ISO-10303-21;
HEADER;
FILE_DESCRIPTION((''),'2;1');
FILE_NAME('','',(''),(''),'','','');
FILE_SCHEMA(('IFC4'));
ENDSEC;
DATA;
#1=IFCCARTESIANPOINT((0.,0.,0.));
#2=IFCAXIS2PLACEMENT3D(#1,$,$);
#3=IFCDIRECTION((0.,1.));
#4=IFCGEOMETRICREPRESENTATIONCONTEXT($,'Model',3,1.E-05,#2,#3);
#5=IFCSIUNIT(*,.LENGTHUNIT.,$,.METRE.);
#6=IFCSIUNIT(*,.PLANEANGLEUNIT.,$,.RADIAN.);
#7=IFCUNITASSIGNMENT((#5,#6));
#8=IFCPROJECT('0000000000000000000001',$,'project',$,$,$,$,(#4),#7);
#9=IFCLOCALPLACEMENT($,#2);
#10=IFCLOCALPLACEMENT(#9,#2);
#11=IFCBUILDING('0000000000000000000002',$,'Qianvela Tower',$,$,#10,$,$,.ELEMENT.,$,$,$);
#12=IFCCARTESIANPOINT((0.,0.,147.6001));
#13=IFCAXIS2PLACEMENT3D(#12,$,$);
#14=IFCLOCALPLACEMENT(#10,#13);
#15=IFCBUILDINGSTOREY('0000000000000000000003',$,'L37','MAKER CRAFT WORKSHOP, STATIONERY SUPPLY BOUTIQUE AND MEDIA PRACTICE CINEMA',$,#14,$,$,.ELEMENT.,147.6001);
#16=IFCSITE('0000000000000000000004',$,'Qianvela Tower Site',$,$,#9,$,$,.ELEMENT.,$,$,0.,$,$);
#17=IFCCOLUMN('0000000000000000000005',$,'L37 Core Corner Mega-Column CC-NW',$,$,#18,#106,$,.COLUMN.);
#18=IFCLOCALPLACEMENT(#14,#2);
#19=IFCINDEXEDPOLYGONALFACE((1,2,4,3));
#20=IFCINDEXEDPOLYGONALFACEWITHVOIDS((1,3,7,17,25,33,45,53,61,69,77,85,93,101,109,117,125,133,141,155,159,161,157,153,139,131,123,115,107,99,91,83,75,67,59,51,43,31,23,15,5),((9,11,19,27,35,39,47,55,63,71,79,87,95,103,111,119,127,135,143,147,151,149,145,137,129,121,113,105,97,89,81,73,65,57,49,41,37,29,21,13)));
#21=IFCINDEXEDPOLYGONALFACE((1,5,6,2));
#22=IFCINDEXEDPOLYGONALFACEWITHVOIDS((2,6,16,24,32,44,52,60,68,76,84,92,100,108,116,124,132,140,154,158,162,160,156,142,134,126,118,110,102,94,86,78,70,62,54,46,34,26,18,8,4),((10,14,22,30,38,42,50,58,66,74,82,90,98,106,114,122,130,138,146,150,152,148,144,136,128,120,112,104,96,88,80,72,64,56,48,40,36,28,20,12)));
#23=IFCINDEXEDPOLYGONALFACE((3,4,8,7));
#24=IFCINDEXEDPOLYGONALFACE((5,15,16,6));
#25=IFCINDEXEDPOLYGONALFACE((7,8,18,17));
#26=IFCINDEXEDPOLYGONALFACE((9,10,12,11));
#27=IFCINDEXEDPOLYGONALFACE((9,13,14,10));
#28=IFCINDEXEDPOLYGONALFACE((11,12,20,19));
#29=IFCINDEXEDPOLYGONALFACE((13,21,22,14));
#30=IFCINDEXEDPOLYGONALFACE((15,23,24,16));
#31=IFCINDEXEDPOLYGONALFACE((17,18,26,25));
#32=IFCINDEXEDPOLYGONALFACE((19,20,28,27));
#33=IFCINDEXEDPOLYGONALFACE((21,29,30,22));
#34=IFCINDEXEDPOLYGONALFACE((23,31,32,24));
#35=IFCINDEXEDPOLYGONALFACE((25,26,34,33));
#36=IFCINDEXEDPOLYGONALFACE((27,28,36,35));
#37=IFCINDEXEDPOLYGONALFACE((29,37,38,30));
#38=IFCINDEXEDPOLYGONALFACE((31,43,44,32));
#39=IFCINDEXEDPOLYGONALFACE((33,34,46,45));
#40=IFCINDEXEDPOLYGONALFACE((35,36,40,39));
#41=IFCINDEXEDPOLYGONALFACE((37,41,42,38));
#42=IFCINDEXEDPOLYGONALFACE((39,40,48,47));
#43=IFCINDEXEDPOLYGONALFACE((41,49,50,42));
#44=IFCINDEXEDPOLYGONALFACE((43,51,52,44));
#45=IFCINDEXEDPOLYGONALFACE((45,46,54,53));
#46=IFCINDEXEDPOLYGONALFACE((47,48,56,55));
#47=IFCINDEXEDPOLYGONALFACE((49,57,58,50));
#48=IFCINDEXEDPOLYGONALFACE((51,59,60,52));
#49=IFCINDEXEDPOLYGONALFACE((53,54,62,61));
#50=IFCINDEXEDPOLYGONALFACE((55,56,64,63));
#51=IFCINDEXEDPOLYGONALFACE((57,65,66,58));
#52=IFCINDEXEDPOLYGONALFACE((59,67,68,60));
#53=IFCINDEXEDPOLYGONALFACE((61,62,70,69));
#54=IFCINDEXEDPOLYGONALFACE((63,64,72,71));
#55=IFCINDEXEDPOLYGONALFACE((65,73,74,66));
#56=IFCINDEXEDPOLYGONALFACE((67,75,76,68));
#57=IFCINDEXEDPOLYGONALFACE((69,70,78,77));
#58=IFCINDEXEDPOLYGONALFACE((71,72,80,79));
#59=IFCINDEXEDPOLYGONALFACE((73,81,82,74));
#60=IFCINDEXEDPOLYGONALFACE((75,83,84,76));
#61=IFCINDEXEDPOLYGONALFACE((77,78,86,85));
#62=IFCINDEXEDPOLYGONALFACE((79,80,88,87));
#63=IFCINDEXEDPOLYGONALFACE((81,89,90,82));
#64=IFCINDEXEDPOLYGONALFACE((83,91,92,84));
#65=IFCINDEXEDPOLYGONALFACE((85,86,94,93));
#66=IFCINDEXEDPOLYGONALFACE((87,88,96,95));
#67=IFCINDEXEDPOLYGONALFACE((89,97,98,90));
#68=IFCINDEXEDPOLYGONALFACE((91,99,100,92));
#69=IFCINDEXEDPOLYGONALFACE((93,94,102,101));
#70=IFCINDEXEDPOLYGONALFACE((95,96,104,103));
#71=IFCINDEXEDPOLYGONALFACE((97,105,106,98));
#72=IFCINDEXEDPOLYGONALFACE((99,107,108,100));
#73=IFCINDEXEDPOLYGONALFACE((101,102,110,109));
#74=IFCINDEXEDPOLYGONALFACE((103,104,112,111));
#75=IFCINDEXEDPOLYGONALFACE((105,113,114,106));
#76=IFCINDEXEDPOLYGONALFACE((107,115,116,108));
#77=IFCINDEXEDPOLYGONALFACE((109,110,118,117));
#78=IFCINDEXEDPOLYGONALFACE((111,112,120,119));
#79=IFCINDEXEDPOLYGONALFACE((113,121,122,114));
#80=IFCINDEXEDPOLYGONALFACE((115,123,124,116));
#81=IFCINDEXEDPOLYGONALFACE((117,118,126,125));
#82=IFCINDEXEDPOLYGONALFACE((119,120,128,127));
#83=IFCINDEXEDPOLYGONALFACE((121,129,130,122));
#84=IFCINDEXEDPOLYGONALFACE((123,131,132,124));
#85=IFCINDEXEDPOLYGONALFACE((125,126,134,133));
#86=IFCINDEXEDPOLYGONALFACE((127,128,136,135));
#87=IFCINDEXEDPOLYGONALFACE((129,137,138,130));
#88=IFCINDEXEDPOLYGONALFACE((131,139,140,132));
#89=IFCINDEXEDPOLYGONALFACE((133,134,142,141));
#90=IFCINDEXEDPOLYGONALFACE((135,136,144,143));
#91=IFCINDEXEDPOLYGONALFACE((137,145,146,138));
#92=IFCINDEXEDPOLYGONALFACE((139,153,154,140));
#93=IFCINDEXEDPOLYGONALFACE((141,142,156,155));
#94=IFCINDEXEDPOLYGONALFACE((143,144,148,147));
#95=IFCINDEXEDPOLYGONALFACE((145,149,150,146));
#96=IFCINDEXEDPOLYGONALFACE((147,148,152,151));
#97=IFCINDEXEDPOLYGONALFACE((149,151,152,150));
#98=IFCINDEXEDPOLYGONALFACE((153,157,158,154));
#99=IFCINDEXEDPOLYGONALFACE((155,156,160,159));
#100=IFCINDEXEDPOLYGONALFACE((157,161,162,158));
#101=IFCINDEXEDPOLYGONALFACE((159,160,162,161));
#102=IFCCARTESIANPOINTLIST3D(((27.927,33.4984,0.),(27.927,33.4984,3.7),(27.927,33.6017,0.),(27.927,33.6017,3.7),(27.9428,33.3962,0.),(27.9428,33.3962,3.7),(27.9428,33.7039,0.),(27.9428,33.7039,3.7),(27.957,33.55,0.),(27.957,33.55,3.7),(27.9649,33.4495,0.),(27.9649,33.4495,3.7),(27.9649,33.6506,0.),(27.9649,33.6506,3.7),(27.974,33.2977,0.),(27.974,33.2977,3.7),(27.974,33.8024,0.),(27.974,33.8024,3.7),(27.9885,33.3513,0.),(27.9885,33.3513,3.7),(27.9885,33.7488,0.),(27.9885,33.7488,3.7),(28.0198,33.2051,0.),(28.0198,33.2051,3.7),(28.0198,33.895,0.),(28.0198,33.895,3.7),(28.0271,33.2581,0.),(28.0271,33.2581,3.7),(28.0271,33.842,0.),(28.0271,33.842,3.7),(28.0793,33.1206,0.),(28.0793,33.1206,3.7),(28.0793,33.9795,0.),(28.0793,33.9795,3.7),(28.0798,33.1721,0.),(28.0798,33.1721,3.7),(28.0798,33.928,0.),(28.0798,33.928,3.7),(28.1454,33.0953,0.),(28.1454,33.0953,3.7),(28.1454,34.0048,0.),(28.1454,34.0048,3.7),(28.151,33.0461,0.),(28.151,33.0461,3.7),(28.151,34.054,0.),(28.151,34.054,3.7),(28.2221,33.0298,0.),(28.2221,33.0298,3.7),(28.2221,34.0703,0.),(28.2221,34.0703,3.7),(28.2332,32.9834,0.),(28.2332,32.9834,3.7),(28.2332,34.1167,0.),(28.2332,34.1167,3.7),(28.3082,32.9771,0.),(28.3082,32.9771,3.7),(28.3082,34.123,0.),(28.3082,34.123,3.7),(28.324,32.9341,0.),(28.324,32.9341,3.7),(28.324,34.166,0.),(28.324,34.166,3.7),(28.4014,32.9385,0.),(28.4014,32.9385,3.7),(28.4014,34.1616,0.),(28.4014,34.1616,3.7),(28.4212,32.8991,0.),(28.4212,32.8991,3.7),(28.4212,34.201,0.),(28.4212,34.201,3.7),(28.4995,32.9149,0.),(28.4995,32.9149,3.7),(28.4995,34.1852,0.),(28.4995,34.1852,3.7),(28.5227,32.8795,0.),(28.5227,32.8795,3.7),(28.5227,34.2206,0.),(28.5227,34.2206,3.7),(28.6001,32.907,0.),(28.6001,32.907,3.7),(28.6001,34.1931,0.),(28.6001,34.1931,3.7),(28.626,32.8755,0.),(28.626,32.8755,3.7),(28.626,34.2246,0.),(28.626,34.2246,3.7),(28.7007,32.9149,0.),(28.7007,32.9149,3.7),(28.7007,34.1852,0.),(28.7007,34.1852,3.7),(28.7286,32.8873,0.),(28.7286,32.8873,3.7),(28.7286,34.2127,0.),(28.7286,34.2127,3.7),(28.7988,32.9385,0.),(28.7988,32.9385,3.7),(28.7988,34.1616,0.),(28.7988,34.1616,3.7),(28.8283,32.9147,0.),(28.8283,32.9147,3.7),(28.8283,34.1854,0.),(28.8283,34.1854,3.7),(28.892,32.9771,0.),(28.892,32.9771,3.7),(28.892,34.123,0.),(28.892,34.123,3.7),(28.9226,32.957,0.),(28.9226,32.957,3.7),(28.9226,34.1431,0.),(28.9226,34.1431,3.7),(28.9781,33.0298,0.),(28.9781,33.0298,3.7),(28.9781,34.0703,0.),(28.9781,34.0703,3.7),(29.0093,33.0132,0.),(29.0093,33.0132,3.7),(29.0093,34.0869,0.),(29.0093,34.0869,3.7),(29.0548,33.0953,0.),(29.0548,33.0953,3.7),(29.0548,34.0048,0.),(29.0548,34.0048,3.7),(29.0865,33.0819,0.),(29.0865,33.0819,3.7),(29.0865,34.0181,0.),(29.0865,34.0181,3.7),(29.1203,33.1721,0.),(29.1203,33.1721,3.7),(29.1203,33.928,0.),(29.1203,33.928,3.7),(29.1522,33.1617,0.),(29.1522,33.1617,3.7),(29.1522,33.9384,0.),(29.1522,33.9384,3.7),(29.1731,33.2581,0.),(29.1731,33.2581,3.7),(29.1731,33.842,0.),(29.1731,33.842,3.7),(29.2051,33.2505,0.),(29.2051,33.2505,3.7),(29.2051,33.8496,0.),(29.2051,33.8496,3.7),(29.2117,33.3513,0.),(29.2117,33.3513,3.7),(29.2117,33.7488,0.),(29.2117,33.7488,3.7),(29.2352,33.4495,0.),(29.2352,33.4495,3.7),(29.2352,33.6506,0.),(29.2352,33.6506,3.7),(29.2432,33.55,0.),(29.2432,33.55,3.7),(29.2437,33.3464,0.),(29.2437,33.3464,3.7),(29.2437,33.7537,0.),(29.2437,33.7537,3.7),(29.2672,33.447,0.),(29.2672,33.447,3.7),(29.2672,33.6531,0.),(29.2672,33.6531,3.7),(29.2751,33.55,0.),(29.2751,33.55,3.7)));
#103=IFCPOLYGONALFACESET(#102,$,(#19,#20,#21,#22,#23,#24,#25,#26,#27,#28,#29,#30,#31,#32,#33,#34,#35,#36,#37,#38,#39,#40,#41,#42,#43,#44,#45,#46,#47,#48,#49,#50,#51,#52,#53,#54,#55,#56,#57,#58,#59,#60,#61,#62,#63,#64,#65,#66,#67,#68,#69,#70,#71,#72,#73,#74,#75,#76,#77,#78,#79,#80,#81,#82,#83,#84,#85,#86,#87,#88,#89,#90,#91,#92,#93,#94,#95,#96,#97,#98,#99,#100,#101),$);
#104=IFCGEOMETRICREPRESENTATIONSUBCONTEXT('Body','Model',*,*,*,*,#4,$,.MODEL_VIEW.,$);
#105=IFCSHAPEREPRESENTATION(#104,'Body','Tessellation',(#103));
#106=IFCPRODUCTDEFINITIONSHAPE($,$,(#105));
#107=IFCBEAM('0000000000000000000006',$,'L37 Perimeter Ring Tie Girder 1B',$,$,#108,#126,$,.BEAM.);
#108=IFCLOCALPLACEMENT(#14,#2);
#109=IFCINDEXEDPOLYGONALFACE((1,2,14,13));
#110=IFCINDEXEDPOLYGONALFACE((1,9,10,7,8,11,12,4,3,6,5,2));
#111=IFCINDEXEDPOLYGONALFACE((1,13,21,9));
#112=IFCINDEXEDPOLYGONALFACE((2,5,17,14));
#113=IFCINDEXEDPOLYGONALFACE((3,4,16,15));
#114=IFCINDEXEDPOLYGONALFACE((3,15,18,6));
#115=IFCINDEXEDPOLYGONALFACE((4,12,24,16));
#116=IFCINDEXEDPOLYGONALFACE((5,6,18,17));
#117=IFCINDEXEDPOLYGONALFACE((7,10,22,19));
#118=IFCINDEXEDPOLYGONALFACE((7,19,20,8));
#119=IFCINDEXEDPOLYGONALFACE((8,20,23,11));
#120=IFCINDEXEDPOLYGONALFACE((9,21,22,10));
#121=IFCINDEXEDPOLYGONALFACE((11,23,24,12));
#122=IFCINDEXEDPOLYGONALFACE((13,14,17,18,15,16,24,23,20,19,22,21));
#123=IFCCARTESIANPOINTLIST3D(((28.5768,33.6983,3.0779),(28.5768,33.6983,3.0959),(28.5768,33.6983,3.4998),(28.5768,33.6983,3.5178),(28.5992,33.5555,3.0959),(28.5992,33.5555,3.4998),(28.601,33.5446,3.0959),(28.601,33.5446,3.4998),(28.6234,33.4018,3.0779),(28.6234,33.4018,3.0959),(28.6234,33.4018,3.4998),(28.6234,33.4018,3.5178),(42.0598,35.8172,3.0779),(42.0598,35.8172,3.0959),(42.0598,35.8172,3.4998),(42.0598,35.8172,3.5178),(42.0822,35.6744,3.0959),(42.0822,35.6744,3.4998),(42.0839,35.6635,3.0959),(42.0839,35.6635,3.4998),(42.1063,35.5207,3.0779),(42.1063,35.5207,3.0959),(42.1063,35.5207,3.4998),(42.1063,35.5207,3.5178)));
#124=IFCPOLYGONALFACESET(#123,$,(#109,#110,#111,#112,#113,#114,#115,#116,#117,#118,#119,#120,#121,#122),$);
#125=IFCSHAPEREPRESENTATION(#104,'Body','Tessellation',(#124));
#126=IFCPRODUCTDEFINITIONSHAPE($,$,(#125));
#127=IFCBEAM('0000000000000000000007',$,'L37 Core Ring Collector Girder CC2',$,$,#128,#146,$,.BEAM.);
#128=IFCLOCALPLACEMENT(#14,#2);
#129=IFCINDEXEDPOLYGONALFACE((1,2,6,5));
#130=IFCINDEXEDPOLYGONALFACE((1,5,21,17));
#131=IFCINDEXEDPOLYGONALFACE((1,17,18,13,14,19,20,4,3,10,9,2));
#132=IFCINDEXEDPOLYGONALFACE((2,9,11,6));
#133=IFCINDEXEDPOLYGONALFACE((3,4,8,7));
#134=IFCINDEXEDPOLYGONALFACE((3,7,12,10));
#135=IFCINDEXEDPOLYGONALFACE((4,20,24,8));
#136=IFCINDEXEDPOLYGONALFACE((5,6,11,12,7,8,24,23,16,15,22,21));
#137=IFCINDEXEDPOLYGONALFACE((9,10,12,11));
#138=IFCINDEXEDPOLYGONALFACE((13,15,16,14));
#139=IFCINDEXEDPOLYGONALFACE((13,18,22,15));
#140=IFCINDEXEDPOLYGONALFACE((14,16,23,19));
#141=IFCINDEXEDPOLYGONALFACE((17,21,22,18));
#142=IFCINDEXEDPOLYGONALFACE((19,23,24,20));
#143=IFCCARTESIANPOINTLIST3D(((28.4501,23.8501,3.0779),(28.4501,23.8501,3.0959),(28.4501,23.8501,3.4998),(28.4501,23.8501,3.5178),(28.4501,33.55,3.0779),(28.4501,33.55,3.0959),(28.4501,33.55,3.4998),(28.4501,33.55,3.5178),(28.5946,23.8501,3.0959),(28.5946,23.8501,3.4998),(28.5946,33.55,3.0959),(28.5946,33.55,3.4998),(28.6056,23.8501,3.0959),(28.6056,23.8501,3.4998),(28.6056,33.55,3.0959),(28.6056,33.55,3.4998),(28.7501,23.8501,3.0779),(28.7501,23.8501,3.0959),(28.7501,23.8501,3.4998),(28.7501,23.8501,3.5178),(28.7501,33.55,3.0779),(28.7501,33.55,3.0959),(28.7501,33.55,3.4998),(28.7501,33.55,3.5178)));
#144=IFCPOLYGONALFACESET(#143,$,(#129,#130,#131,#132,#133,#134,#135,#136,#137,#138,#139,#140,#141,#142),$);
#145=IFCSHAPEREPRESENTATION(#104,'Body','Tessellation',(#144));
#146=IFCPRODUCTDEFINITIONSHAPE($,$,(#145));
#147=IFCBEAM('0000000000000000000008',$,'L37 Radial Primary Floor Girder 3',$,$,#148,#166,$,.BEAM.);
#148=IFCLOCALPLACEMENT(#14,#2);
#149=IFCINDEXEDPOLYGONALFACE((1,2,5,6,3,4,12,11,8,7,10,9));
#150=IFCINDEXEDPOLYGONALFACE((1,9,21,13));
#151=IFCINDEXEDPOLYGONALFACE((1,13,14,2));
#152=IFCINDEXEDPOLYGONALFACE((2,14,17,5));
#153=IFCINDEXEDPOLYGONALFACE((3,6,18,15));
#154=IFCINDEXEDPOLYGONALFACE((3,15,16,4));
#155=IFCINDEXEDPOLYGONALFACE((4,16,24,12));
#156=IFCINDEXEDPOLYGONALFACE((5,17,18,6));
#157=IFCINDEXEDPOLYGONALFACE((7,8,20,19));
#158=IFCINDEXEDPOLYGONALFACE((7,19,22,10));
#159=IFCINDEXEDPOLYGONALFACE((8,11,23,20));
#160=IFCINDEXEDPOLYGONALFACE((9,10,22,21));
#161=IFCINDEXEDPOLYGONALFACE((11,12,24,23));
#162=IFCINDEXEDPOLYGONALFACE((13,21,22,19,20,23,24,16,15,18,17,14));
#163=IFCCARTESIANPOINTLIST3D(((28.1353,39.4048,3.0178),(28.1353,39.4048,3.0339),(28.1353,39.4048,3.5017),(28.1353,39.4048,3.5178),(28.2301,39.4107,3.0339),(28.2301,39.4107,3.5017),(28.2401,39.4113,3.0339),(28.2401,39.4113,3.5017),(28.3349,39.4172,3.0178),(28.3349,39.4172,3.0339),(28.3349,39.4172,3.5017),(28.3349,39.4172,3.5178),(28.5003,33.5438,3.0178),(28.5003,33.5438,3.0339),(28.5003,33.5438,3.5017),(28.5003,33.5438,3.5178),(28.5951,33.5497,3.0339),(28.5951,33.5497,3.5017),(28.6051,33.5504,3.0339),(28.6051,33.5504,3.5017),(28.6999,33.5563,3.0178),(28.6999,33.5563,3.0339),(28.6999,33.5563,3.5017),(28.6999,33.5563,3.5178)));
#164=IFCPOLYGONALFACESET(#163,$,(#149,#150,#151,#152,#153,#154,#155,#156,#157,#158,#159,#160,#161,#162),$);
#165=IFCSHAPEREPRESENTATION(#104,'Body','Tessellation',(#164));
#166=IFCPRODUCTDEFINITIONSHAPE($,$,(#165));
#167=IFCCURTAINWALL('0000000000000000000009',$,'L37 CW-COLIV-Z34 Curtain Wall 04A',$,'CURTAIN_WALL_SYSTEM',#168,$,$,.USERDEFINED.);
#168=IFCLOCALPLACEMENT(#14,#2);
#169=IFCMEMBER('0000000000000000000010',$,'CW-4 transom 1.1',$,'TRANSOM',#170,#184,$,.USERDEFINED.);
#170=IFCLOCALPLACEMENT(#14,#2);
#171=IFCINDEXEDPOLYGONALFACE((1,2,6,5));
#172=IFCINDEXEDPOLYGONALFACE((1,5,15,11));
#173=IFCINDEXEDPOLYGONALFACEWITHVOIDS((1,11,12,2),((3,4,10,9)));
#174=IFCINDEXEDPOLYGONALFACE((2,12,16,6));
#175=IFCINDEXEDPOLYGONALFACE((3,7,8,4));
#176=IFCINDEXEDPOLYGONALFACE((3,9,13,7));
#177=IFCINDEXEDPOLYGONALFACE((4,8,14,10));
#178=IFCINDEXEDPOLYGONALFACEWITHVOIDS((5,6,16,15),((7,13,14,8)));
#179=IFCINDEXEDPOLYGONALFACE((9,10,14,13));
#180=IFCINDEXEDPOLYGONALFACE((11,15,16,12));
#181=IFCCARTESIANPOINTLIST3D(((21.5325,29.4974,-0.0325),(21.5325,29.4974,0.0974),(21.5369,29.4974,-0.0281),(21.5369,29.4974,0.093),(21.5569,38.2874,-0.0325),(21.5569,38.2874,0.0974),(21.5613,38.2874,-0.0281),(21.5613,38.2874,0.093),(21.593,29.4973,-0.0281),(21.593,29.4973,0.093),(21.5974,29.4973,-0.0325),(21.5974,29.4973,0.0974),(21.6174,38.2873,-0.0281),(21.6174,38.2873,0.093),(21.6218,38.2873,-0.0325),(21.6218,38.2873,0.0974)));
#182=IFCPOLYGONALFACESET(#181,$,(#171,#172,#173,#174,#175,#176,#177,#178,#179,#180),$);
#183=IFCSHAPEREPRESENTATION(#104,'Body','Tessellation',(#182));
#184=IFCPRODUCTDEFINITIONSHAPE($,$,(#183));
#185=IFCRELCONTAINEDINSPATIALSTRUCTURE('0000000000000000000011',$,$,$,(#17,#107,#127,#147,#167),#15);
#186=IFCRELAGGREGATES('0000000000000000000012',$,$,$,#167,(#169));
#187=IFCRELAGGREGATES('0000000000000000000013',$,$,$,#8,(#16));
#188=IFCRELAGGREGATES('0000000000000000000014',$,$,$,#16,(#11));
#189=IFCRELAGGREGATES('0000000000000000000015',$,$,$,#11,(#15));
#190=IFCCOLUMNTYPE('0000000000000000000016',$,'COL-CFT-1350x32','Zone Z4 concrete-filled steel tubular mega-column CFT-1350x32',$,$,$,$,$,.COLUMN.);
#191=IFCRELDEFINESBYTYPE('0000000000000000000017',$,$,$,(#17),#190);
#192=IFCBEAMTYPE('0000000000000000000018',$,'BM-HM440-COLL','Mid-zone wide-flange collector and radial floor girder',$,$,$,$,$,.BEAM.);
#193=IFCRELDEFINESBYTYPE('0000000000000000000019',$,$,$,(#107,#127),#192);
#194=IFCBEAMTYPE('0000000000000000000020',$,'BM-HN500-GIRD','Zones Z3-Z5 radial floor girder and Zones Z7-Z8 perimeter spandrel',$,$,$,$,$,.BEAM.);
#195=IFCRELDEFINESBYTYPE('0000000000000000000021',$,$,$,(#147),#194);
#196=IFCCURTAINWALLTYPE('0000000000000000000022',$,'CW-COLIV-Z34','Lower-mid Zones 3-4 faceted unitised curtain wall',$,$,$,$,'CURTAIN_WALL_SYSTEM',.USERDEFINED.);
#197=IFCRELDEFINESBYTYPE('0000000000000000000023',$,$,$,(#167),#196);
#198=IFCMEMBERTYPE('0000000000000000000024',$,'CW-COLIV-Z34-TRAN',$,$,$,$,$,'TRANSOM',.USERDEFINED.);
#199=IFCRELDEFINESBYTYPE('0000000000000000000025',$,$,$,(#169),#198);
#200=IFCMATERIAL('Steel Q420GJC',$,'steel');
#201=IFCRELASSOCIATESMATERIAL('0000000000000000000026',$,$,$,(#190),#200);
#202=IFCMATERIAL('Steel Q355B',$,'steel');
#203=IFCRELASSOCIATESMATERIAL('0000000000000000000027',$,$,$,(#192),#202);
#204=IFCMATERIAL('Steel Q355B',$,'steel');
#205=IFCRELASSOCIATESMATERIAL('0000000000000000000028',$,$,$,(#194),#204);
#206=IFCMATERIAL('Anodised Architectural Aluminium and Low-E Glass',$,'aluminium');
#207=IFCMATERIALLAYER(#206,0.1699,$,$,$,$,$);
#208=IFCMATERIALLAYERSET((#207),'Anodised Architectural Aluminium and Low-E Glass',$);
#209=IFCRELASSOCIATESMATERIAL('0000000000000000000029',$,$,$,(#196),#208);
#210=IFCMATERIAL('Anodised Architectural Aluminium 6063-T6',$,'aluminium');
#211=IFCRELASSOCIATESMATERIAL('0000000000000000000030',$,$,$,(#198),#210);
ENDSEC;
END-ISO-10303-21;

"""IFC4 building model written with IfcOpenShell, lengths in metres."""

from ifc_helpers import new_model, si_unit, direction, frame, origin, origin_2d, place, context, subcontext, project, spatial, hollow_rectangle, hollow_circle, i_section, extrude, material, layer, layer_set, material_profile, profile_set, type_object, element, aggregate, save


model = new_model("IFC4")

# Units and contexts
model_context = context("Model", 3, precision=1e-05, world=origin(), true_north=direction((0.0, 1.0)))
body_context = subcontext(model_context, "Body", "Model", "MODEL_VIEW")
ifc_project = project(units=[si_unit("LENGTHUNIT", "METRE"), si_unit("PLANEANGLEUNIT", "RADIAN")], contexts=[model_context])

# Site, building, storey
site_placement = place(None, origin())
site = spatial("IfcSite", under=ifc_project, at=site_placement, Name="Qianvela Tower Site", CompositionType="ELEMENT", RefElevation=0.0)
building_placement = place(site_placement, origin())
building = spatial("IfcBuilding", under=site, at=building_placement, Name="Qianvela Tower", CompositionType="ELEMENT")
storey_placement = place(building_placement, frame((0.0, 0.0, 147.6001)))
storey = spatial("IfcBuildingStorey", under=building, at=storey_placement, Name="L37", Description="MAKER CRAFT WORKSHOP, STATIONERY SUPPLY BOUTIQUE AND MEDIA PRACTICE CINEMA", CompositionType="ELEMENT", Elevation=147.6001)

# Column
ifc_material_1 = material(Name="Steel Q420GJC", Category="steel")
ifc_material_profile_1 = material_profile(ifc_material_1, hollow_circle(Radius=0.675, WallThickness=0.032, at=origin_2d()), Name="CFT-1350x32")
ifc_profile_set_1 = profile_set([ifc_material_profile_1], Name="Steel Q420GJC")
column_type = type_object("IfcColumnType", Name="COL-CFT-1350x32", Description="Zone Z4 concrete-filled steel tubular mega-column CFT-1350x32", PredefinedType="COLUMN", material=ifc_profile_set_1)
column_placement = place(storey_placement, frame((28.6001, 33.55, 0.0), z_axis=(0.0, 0.0, 1.0), x_axis=(1.0, 0.0, 0.0)))
element("IfcColumn", 1, at=column_placement, inside=storey, type_object=column_type, Name="L37 Core Corner Mega-Column CC-NW", PredefinedType="COLUMN", context=body_context, shape_type="SweptSolid", body=[
    extrude(hollow_circle(Radius=0.675, WallThickness=0.032, at=origin_2d()), origin(), (0.0, 0.0, 1.0), 3.7),
])

# Beams
ifc_material_2 = material(Name="Steel Q355B", Category="steel")
ifc_material_profile_2 = material_profile(ifc_material_2, i_section(OverallWidth=0.3, OverallDepth=0.4399, WebThickness=0.011, FlangeThickness=0.0181, at=origin_2d()), Name="HM440x300x11x18")
ifc_profile_set_2 = profile_set([ifc_material_profile_2], Name="Steel Q355B")
beam_type_1 = type_object("IfcBeamType", Name="BM-HM440-COLL", Description="Mid-zone wide-flange collector and radial floor girder", PredefinedType="BEAM", material=ifc_profile_set_2)
beam_1_placement = place(storey_placement, frame((28.6001, 33.55, 3.2979), z_axis=(0.987875, 0.155249, 0.0), x_axis=(-0.155249, 0.987875, 0.0)))
element("IfcBeam", 2, at=beam_1_placement, inside=storey, type_object=beam_type_1, Name="L37 Perimeter Ring Tie Girder 1B", PredefinedType="BEAM", context=body_context, shape_type="SweptSolid", body=[
    extrude(i_section(OverallWidth=0.3, OverallDepth=0.4399, WebThickness=0.011, FlangeThickness=0.0181, at=origin_2d()), origin(), (0.0, 0.0, 1.0), 13.6484),
])
beam_2_placement = place(storey_placement, frame((28.6001, 33.55, 3.2979), z_axis=(0.0, -1.0, 0.0), x_axis=(1.0, 0.0, 0.0)))
element("IfcBeam", 3, at=beam_2_placement, inside=storey, type_object=beam_type_1, Name="L37 Core Ring Collector Girder CC2", PredefinedType="BEAM", context=body_context, shape_type="SweptSolid", body=[
    extrude(i_section(OverallWidth=0.3, OverallDepth=0.4399, WebThickness=0.011, FlangeThickness=0.0181, at=origin_2d()), origin(), (0.0, 0.0, 1.0), 9.7),
])
ifc_material_3 = material(Name="Steel Q355B", Category="steel")
ifc_material_profile_3 = material_profile(ifc_material_3, i_section(OverallWidth=0.2, OverallDepth=0.5, WebThickness=0.01, FlangeThickness=0.0161, at=origin_2d()), Name="HN500x200x10x16")
ifc_profile_set_3 = profile_set([ifc_material_profile_3], Name="Steel Q355B")
beam_type_2 = type_object("IfcBeamType", Name="BM-HN500-GIRD", Description="Zones Z3-Z5 radial floor girder and Zones Z7-Z8 perimeter spandrel", PredefinedType="BEAM", material=ifc_profile_set_3)
beam_3_placement = place(storey_placement, frame((28.6001, 33.55, 3.2678), z_axis=(-0.062156, 0.998066, 0.0), x_axis=(-0.998066, -0.062156, 0.0)))
element("IfcBeam", 4, at=beam_3_placement, inside=storey, type_object=beam_type_2, Name="L37 Radial Primary Floor Girder 3", PredefinedType="BEAM", context=body_context, shape_type="SweptSolid", body=[
    extrude(i_section(OverallWidth=0.2, OverallDepth=0.5, WebThickness=0.01, FlangeThickness=0.0161, at=origin_2d()), origin(), (0.0, 0.0, 1.0), 5.8723),
])

# Curtain wall, member
ifc_material_4 = material(Name="Anodised Architectural Aluminium and Low-E Glass", Category="aluminium")
ifc_layer_1 = layer(ifc_material_4, 0.1699)
ifc_layer_set_1 = layer_set([ifc_layer_1], Name="Anodised Architectural Aluminium and Low-E Glass")
curtain_wall_type = type_object("IfcCurtainWallType", Name="CW-COLIV-Z34", Description="Lower-mid Zones 3-4 faceted unitised curtain wall", ElementType="CURTAIN_WALL_SYSTEM", PredefinedType="USERDEFINED", material=ifc_layer_set_1)
curtain_wall_placement = place(storey_placement, origin())
curtain_wall = element("IfcCurtainWall", 5, at=curtain_wall_placement, inside=storey, type_object=curtain_wall_type, Name="L37 CW-COLIV-Z34 Curtain Wall 04A", ObjectType="CURTAIN_WALL_SYSTEM", PredefinedType="USERDEFINED")
ifc_material_5 = material(Name="Anodised Architectural Aluminium 6063-T6", Category="aluminium")
ifc_material_profile_4 = material_profile(ifc_material_5, hollow_rectangle(XDim=0.0649, YDim=0.1299, WallThickness=0.0044, at=origin_2d()), Name="ALU-TRAN-65x130")
ifc_profile_set_4 = profile_set([ifc_material_profile_4], Name="Anodised Architectural Aluminium 6063-T6")
member_type = type_object("IfcMemberType", Name="CW-COLIV-Z34-TRAN", ElementType="TRANSOM", PredefinedType="USERDEFINED", material=ifc_profile_set_4)
member_1_placement = place(storey_placement, frame((21.5894, 38.2874, 0.0325), z_axis=(-0.002777, -0.999996, 0.0), x_axis=(0.999996, -0.002777, 0.0)))
member_1 = element("IfcMember", 6, at=member_1_placement, type_object=member_type, Name="CW-4 transom 1.1", ObjectType="TRANSOM", PredefinedType="USERDEFINED", context=body_context, shape_type="SweptSolid", body=[
    extrude(hollow_rectangle(XDim=0.0649, YDim=0.1299, WallThickness=0.0044, at=origin_2d()), origin(), (0.0, 0.0, 1.0), 8.79),
])
aggregate(curtain_wall, [member_1])

save(model, "model.ifc")
